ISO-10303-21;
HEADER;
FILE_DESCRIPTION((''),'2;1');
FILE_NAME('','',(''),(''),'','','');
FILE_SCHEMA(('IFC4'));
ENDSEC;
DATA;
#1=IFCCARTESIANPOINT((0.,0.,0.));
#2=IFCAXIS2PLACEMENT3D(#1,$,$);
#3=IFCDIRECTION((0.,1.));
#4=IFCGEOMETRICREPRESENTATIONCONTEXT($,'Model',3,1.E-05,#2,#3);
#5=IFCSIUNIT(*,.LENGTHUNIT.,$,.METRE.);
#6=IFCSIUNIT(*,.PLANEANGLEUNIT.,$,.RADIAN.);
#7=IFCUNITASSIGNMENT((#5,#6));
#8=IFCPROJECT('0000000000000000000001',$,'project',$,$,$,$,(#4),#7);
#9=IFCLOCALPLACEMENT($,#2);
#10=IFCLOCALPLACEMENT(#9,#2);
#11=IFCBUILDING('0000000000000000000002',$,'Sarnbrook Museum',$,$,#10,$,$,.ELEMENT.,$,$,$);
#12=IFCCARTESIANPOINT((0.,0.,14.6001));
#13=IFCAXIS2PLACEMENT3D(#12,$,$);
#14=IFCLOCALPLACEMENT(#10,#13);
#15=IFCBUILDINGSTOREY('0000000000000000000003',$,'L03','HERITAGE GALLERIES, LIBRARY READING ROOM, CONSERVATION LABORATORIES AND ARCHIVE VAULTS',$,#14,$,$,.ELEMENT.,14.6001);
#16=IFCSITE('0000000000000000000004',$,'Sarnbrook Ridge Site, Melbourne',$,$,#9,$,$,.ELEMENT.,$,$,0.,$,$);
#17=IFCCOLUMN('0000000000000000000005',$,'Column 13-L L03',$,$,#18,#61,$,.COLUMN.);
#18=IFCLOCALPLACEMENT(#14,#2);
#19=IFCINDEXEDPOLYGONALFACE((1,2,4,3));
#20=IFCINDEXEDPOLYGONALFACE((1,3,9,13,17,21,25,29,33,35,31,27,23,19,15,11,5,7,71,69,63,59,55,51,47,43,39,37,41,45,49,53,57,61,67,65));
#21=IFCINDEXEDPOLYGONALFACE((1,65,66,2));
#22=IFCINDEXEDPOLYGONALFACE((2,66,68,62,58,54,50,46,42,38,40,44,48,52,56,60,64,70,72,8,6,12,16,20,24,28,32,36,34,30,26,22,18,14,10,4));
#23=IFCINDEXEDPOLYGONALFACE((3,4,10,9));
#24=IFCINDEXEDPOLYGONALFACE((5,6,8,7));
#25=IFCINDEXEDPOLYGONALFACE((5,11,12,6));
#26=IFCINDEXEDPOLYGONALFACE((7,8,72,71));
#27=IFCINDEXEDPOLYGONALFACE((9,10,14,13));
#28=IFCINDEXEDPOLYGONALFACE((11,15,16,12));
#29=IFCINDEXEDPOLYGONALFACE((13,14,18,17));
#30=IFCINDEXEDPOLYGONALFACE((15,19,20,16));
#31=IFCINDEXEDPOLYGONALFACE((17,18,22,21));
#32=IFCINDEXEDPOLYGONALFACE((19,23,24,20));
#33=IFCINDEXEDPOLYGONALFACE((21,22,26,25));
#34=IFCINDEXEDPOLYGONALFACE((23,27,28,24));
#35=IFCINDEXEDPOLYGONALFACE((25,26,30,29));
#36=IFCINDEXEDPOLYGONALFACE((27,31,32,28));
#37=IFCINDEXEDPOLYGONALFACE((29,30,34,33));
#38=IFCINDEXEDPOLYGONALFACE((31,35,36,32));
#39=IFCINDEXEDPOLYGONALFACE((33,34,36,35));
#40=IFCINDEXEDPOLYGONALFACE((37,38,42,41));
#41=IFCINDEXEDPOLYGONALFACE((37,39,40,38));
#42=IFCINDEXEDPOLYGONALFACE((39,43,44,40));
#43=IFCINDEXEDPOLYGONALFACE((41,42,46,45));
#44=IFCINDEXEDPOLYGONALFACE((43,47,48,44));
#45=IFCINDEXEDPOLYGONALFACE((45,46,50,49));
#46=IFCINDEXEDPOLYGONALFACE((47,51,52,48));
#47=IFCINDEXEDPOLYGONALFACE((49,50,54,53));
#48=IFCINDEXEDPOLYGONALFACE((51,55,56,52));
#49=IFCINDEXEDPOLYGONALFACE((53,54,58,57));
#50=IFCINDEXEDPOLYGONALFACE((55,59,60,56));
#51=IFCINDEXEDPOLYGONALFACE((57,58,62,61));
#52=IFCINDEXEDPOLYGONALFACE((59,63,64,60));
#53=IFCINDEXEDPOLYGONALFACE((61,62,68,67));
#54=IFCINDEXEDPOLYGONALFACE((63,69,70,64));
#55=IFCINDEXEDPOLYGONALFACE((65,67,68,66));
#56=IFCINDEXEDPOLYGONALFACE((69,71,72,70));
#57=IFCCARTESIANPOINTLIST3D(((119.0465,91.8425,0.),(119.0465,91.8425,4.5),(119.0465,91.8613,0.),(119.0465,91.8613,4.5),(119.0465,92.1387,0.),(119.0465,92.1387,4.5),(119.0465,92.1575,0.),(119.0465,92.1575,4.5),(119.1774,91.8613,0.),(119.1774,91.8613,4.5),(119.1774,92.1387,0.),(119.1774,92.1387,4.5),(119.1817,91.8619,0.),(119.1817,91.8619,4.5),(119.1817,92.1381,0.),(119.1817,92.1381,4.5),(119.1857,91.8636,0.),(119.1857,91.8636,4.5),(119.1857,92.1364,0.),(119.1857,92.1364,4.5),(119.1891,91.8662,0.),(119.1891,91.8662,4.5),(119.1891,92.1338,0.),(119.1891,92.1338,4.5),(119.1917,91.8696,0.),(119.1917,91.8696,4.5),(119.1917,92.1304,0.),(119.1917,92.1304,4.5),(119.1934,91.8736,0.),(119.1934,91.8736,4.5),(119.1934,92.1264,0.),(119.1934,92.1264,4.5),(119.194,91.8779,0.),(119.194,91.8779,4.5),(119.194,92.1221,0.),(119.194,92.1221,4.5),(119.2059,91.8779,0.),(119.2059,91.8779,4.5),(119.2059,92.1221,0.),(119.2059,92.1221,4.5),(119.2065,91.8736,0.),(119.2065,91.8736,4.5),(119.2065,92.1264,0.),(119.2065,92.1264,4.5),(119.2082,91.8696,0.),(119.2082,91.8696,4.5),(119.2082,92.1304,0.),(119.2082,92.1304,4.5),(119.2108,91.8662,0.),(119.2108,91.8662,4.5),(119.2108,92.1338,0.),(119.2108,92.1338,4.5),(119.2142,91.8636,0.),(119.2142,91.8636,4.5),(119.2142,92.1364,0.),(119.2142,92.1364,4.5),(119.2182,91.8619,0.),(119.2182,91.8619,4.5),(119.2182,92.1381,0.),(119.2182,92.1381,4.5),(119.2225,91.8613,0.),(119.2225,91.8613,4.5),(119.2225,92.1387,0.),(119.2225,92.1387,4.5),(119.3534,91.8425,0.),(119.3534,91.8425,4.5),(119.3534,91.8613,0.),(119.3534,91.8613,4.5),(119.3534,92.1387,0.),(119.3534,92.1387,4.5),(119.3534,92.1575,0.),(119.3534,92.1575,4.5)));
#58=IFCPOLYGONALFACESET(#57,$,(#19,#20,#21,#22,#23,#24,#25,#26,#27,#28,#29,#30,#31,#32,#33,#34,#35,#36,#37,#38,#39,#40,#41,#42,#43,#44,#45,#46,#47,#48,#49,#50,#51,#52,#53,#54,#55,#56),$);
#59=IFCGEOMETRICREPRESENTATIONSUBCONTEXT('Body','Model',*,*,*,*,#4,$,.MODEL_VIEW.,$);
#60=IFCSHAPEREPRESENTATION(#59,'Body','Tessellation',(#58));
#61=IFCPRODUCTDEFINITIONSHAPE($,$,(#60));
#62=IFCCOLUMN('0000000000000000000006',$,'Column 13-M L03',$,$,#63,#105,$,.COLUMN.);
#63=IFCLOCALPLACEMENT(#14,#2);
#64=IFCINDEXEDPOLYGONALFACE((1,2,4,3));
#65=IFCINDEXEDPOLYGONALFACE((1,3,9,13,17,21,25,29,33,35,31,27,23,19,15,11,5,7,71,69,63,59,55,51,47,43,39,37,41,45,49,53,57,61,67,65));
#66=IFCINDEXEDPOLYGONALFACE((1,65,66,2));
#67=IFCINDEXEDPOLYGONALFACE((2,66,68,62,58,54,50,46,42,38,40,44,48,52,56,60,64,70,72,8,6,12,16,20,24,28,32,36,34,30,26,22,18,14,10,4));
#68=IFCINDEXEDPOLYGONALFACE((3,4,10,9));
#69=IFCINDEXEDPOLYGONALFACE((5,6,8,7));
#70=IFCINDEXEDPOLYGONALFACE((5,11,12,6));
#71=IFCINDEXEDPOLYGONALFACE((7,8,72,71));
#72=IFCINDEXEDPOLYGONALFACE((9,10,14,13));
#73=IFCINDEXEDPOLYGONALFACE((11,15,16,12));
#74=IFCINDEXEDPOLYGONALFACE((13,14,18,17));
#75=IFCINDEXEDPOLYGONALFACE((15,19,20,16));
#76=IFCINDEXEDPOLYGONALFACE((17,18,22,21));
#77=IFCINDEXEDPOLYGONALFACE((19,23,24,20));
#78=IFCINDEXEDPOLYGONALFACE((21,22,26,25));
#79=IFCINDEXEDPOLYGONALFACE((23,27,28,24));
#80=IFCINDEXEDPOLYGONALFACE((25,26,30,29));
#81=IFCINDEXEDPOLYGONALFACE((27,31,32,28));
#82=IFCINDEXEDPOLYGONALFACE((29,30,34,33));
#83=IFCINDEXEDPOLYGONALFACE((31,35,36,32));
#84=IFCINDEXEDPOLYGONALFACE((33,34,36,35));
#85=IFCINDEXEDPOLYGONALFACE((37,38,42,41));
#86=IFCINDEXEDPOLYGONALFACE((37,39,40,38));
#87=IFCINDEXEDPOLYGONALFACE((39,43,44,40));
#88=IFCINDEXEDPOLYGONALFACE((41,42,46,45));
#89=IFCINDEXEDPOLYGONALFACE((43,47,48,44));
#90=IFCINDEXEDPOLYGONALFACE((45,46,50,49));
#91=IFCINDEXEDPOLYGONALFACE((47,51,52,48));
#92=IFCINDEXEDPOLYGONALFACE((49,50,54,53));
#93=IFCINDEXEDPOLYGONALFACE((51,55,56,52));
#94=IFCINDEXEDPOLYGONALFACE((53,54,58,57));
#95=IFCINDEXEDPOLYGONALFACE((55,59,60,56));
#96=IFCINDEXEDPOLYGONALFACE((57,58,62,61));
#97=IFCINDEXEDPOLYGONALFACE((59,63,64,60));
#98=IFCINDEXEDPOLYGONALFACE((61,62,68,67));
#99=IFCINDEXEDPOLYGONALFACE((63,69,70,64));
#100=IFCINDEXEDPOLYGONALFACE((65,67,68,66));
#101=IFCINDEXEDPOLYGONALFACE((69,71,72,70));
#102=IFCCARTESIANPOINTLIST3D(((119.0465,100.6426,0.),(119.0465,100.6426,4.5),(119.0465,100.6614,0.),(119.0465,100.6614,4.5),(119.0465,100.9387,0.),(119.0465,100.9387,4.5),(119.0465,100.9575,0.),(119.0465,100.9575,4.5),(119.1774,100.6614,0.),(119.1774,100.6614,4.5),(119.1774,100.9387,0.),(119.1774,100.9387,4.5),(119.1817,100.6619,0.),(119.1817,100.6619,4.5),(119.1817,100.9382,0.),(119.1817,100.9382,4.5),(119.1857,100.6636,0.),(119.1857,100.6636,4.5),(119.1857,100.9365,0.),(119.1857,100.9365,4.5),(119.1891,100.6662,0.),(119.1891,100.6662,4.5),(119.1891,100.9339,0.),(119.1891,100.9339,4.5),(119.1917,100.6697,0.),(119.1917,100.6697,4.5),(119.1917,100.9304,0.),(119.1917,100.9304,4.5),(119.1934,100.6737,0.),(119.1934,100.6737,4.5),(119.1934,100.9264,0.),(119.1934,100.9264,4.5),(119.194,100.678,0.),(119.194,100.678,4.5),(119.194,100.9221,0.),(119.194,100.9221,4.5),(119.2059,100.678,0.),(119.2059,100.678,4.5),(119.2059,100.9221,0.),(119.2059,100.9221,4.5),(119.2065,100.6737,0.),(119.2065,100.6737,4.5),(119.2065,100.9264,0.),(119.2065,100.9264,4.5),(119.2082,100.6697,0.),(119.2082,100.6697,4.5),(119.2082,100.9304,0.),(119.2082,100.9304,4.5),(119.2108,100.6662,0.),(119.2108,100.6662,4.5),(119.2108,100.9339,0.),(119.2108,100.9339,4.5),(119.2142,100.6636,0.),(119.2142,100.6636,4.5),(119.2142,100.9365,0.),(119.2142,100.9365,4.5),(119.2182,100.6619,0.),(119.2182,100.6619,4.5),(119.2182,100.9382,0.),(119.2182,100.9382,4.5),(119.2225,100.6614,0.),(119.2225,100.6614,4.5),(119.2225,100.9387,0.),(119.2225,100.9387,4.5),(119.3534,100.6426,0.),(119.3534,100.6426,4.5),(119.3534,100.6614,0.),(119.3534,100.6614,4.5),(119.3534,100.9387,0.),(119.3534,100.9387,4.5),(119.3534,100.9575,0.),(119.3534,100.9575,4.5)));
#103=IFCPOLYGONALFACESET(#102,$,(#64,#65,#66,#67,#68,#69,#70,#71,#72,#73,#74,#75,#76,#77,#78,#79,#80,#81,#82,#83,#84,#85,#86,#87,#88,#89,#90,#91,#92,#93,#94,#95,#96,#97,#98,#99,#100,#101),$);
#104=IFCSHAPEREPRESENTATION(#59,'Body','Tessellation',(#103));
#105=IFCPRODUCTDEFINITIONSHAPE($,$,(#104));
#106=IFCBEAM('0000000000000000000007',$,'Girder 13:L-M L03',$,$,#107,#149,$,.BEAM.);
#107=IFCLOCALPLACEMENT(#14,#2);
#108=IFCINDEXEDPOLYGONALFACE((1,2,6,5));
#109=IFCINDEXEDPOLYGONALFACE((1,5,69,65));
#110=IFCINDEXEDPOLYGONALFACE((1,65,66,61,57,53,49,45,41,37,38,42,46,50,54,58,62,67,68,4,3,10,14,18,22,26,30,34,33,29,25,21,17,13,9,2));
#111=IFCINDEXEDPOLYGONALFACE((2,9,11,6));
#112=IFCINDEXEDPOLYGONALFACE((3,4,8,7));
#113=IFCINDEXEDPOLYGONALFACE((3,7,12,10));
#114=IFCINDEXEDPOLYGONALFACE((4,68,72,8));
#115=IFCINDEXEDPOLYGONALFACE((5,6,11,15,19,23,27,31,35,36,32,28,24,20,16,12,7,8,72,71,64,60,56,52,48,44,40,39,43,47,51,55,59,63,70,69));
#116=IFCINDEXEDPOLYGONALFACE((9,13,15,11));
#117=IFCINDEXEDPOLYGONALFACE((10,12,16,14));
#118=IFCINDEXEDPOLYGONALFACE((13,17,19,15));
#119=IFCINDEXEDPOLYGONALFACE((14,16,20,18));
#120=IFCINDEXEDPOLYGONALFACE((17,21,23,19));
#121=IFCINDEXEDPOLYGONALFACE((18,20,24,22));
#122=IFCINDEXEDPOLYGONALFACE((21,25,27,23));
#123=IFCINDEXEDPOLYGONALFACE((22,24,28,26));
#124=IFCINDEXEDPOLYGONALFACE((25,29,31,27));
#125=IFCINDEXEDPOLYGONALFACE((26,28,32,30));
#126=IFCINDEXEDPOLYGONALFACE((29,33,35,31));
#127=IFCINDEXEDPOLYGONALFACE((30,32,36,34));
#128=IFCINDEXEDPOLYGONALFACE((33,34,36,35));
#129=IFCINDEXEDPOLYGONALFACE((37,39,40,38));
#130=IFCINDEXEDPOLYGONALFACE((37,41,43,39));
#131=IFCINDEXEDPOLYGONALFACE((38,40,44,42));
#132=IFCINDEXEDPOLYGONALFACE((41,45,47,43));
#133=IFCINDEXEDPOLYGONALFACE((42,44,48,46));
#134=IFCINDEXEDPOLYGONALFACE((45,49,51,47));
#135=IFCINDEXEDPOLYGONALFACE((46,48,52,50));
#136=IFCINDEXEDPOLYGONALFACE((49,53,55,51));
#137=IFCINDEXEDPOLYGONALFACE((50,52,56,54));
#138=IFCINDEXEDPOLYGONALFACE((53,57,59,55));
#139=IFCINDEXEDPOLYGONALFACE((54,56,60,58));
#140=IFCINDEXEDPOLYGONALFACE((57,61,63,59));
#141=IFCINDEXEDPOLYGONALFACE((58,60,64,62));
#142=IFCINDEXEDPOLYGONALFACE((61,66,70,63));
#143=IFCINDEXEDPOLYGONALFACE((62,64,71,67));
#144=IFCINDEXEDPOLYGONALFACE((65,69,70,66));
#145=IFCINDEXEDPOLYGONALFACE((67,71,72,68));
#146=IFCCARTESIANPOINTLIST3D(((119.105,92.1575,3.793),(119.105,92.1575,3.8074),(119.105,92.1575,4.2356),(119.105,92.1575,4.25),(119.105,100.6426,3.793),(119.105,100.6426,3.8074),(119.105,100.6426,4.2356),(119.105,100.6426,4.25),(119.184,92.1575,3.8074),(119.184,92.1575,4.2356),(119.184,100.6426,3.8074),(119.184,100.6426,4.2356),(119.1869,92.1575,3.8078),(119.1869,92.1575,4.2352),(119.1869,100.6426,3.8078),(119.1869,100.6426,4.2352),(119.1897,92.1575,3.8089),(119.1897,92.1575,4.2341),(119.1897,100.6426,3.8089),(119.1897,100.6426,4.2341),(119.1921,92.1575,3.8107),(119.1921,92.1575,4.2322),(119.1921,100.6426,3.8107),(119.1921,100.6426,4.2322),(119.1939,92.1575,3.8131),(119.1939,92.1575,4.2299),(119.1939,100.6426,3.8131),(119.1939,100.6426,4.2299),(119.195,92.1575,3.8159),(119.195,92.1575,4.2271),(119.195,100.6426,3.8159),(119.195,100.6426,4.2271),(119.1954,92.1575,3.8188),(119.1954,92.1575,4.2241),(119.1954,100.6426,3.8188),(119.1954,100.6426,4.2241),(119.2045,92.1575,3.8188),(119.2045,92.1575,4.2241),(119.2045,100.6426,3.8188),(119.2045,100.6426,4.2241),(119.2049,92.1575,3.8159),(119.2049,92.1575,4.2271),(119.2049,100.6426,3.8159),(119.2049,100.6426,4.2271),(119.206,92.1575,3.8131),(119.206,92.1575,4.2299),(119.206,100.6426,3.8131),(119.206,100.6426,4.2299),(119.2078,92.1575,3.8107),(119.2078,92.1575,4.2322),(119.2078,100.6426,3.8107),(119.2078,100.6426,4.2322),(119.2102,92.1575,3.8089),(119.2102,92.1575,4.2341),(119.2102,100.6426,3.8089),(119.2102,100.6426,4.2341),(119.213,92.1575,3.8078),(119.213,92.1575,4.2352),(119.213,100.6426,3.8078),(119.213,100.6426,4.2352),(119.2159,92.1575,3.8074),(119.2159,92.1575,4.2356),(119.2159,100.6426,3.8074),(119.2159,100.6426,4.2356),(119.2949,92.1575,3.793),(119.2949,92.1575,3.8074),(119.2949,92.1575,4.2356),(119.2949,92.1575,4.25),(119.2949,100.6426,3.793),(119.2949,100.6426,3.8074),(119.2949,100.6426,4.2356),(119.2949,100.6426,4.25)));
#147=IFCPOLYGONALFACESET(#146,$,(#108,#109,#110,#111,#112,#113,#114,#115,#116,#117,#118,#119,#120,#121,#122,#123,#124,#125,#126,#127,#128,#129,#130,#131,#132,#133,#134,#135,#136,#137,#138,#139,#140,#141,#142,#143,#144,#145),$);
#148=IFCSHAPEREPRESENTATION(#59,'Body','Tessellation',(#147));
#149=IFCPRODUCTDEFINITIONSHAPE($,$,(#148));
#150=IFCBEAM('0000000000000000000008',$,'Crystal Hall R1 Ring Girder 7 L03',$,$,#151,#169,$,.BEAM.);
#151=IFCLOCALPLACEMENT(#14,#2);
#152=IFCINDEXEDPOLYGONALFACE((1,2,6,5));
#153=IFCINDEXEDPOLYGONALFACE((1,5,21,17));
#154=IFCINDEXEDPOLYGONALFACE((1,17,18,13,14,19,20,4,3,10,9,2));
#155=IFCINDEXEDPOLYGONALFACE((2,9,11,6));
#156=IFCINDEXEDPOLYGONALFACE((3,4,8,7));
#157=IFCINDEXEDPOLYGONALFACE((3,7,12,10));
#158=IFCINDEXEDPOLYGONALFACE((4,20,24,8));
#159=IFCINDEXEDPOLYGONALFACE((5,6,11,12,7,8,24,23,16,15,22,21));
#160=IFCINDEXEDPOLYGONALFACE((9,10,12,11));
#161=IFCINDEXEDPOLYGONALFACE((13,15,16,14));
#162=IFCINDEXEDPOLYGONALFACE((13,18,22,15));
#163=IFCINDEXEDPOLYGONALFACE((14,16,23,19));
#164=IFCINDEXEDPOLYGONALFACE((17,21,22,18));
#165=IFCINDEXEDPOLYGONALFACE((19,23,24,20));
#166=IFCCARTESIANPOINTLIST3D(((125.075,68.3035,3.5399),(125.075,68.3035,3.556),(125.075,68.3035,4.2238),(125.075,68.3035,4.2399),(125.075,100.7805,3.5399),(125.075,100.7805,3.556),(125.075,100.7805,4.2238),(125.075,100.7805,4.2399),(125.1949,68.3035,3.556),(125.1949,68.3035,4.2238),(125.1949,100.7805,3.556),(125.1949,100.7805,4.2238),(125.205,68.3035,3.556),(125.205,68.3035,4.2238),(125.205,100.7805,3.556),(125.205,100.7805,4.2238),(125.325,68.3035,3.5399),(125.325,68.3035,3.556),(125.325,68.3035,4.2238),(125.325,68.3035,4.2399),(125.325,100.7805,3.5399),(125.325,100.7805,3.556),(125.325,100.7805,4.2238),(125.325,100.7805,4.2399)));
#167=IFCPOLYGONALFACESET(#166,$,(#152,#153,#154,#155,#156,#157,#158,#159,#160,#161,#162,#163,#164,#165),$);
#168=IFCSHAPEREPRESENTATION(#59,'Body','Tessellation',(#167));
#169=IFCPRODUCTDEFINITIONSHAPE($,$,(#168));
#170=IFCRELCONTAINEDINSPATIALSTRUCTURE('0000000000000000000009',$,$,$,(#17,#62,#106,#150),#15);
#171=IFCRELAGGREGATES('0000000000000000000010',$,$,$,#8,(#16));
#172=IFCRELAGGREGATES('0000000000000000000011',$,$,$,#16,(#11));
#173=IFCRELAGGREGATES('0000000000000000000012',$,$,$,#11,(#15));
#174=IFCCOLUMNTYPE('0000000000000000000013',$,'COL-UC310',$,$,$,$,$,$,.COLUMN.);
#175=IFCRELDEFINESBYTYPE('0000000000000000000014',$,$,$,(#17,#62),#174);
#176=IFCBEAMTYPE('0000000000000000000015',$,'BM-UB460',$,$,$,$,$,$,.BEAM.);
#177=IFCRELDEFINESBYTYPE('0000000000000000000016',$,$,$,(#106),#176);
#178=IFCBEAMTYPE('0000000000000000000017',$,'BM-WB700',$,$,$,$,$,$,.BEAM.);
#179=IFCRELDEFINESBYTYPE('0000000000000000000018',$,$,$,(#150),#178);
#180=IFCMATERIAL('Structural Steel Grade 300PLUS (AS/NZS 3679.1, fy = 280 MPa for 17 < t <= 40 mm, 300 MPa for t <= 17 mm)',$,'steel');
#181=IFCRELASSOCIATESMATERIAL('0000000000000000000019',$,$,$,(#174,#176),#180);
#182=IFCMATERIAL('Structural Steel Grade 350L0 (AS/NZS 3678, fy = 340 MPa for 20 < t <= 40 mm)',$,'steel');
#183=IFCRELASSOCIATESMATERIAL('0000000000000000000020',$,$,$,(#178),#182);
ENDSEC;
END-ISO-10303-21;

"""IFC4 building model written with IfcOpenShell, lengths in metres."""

from ifc_helpers import new_model, si_unit, direction, frame, origin, origin_2d, place, context, subcontext, project, spatial, i_section, extrude, material, material_profile, profile_set, type_object, element, save


model = new_model("IFC4")

# Units and contexts
model_context = context("Model", 3, precision=1e-05, world=origin(), true_north=direction((0.0, 1.0)))
body_context = subcontext(model_context, "Body", "Model", "MODEL_VIEW")
ifc_project = project(units=[si_unit("LENGTHUNIT", "METRE"), si_unit("PLANEANGLEUNIT", "RADIAN")], contexts=[model_context])

# Site, building, storey
site_placement = place(None, origin())
site = spatial("IfcSite", under=ifc_project, at=site_placement, Name="Sarnbrook Ridge Site, Melbourne", CompositionType="ELEMENT", RefElevation=0.0)
building_placement = place(site_placement, origin())
building = spatial("IfcBuilding", under=site, at=building_placement, Name="Sarnbrook Museum", CompositionType="ELEMENT")
storey_placement = place(building_placement, frame((0.0, 0.0, 14.6001)))
storey = spatial("IfcBuildingStorey", under=building, at=storey_placement, Name="L03", Description="HERITAGE GALLERIES, LIBRARY READING ROOM, CONSERVATION LABORATORIES AND ARCHIVE VAULTS", CompositionType="ELEMENT", Elevation=14.6001)

# Columns
ifc_material_1 = material(Name="Structural Steel Grade 300PLUS (AS/NZS 3679.1, fy = 280 MPa for 17 < t <= 40 mm, 300 MPa for t <= 17 mm)", Category="steel")
ifc_material_profile_1 = material_profile(ifc_material_1, i_section(OverallWidth=0.3069, OverallDepth=0.3149, WebThickness=0.012, FlangeThickness=0.0188, FilletRadius=0.0166, at=origin_2d()), Name="310UC118")
ifc_profile_set_1 = profile_set([ifc_material_profile_1], Name="Structural Steel Grade 300PLUS (AS/NZS 3679.1, fy = 280 MPa for 17 < t <= 40 mm, 300 MPa for t <= 17 mm)")
column_type = type_object("IfcColumnType", Name="COL-UC310", PredefinedType="COLUMN", material=ifc_profile_set_1)
for number, where, z_axis, x_axis, name in (
    (1, (119.2, 92.0, 0.0), (0.0, 0.0, 1.0), (1.0, 0.0, 0.0), "Column 13-L L03"),
    (2, (119.2, 100.8, 0.0), (0.0, 0.0, 1.0), (1.0, 0.0, 0.0), "Column 13-M L03"),
):
    element("IfcColumn", number, at=place(storey_placement, frame(where, z_axis=z_axis, x_axis=x_axis)), inside=storey, type_object=column_type, Name=name, PredefinedType="COLUMN", context=body_context, shape_type="SweptSolid", body=[
        extrude(i_section(OverallWidth=0.3069, OverallDepth=0.3149, WebThickness=0.012, FlangeThickness=0.0188, FilletRadius=0.0166, at=origin_2d()), origin(), (0.0, 0.0, 1.0), 4.5),
    ])

# Beams
ifc_material_profile_2 = material_profile(ifc_material_1, i_section(OverallWidth=0.1899, OverallDepth=0.457, WebThickness=0.009, FlangeThickness=0.0144, FilletRadius=0.0115, at=origin_2d()), Name="460UB74.6")
ifc_profile_set_2 = profile_set([ifc_material_profile_2], Name="Structural Steel Grade 300PLUS (AS/NZS 3679.1, fy = 280 MPa for 17 < t <= 40 mm, 300 MPa for t <= 17 mm)")
beam_type_1 = type_object("IfcBeamType", Name="BM-UB460", PredefinedType="BEAM", material=ifc_profile_set_2)
beam_1_placement = place(storey_placement, frame((119.2, 92.1575, 4.0215), z_axis=(0.0, 1.0, 0.0), x_axis=(-1.0, 0.0, 0.0)))
element("IfcBeam", 3, at=beam_1_placement, inside=storey, type_object=beam_type_1, Name="Girder 13:L-M L03", PredefinedType="BEAM", context=body_context, shape_type="SweptSolid", body=[
    extrude(i_section(OverallWidth=0.1899, OverallDepth=0.457, WebThickness=0.009, FlangeThickness=0.0144, FilletRadius=0.0115, at=origin_2d()), origin(), (0.0, 0.0, 1.0), 8.4851),
])
ifc_material_2 = material(Name="Structural Steel Grade 350L0 (AS/NZS 3678, fy = 340 MPa for 20 < t <= 40 mm)", Category="steel")
ifc_material_profile_3 = material_profile(ifc_material_2, i_section(OverallWidth=0.25, OverallDepth=0.7, WebThickness=0.01, FlangeThickness=0.0161, at=origin_2d()), Name="700WB130")
ifc_profile_set_3 = profile_set([ifc_material_profile_3], Name="Structural Steel Grade 350L0 (AS/NZS 3678, fy = 340 MPa for 20 < t <= 40 mm)")
beam_type_2 = type_object("IfcBeamType", Name="BM-WB700", PredefinedType="BEAM", material=ifc_profile_set_3)
beam_2_placement = place(storey_placement, frame((125.2, 100.7805, 3.8899), z_axis=(0.0, -1.0, 0.0), x_axis=(1.0, 0.0, 0.0)))
element("IfcBeam", 4, at=beam_2_placement, inside=storey, type_object=beam_type_2, Name="Crystal Hall R1 Ring Girder 7 L03", PredefinedType="BEAM", context=body_context, shape_type="SweptSolid", body=[
    extrude(i_section(OverallWidth=0.25, OverallDepth=0.7, WebThickness=0.01, FlangeThickness=0.0161, at=origin_2d()), origin(), (0.0, 0.0, 1.0), 32.4771),
])

save(model, "model.ifc")
